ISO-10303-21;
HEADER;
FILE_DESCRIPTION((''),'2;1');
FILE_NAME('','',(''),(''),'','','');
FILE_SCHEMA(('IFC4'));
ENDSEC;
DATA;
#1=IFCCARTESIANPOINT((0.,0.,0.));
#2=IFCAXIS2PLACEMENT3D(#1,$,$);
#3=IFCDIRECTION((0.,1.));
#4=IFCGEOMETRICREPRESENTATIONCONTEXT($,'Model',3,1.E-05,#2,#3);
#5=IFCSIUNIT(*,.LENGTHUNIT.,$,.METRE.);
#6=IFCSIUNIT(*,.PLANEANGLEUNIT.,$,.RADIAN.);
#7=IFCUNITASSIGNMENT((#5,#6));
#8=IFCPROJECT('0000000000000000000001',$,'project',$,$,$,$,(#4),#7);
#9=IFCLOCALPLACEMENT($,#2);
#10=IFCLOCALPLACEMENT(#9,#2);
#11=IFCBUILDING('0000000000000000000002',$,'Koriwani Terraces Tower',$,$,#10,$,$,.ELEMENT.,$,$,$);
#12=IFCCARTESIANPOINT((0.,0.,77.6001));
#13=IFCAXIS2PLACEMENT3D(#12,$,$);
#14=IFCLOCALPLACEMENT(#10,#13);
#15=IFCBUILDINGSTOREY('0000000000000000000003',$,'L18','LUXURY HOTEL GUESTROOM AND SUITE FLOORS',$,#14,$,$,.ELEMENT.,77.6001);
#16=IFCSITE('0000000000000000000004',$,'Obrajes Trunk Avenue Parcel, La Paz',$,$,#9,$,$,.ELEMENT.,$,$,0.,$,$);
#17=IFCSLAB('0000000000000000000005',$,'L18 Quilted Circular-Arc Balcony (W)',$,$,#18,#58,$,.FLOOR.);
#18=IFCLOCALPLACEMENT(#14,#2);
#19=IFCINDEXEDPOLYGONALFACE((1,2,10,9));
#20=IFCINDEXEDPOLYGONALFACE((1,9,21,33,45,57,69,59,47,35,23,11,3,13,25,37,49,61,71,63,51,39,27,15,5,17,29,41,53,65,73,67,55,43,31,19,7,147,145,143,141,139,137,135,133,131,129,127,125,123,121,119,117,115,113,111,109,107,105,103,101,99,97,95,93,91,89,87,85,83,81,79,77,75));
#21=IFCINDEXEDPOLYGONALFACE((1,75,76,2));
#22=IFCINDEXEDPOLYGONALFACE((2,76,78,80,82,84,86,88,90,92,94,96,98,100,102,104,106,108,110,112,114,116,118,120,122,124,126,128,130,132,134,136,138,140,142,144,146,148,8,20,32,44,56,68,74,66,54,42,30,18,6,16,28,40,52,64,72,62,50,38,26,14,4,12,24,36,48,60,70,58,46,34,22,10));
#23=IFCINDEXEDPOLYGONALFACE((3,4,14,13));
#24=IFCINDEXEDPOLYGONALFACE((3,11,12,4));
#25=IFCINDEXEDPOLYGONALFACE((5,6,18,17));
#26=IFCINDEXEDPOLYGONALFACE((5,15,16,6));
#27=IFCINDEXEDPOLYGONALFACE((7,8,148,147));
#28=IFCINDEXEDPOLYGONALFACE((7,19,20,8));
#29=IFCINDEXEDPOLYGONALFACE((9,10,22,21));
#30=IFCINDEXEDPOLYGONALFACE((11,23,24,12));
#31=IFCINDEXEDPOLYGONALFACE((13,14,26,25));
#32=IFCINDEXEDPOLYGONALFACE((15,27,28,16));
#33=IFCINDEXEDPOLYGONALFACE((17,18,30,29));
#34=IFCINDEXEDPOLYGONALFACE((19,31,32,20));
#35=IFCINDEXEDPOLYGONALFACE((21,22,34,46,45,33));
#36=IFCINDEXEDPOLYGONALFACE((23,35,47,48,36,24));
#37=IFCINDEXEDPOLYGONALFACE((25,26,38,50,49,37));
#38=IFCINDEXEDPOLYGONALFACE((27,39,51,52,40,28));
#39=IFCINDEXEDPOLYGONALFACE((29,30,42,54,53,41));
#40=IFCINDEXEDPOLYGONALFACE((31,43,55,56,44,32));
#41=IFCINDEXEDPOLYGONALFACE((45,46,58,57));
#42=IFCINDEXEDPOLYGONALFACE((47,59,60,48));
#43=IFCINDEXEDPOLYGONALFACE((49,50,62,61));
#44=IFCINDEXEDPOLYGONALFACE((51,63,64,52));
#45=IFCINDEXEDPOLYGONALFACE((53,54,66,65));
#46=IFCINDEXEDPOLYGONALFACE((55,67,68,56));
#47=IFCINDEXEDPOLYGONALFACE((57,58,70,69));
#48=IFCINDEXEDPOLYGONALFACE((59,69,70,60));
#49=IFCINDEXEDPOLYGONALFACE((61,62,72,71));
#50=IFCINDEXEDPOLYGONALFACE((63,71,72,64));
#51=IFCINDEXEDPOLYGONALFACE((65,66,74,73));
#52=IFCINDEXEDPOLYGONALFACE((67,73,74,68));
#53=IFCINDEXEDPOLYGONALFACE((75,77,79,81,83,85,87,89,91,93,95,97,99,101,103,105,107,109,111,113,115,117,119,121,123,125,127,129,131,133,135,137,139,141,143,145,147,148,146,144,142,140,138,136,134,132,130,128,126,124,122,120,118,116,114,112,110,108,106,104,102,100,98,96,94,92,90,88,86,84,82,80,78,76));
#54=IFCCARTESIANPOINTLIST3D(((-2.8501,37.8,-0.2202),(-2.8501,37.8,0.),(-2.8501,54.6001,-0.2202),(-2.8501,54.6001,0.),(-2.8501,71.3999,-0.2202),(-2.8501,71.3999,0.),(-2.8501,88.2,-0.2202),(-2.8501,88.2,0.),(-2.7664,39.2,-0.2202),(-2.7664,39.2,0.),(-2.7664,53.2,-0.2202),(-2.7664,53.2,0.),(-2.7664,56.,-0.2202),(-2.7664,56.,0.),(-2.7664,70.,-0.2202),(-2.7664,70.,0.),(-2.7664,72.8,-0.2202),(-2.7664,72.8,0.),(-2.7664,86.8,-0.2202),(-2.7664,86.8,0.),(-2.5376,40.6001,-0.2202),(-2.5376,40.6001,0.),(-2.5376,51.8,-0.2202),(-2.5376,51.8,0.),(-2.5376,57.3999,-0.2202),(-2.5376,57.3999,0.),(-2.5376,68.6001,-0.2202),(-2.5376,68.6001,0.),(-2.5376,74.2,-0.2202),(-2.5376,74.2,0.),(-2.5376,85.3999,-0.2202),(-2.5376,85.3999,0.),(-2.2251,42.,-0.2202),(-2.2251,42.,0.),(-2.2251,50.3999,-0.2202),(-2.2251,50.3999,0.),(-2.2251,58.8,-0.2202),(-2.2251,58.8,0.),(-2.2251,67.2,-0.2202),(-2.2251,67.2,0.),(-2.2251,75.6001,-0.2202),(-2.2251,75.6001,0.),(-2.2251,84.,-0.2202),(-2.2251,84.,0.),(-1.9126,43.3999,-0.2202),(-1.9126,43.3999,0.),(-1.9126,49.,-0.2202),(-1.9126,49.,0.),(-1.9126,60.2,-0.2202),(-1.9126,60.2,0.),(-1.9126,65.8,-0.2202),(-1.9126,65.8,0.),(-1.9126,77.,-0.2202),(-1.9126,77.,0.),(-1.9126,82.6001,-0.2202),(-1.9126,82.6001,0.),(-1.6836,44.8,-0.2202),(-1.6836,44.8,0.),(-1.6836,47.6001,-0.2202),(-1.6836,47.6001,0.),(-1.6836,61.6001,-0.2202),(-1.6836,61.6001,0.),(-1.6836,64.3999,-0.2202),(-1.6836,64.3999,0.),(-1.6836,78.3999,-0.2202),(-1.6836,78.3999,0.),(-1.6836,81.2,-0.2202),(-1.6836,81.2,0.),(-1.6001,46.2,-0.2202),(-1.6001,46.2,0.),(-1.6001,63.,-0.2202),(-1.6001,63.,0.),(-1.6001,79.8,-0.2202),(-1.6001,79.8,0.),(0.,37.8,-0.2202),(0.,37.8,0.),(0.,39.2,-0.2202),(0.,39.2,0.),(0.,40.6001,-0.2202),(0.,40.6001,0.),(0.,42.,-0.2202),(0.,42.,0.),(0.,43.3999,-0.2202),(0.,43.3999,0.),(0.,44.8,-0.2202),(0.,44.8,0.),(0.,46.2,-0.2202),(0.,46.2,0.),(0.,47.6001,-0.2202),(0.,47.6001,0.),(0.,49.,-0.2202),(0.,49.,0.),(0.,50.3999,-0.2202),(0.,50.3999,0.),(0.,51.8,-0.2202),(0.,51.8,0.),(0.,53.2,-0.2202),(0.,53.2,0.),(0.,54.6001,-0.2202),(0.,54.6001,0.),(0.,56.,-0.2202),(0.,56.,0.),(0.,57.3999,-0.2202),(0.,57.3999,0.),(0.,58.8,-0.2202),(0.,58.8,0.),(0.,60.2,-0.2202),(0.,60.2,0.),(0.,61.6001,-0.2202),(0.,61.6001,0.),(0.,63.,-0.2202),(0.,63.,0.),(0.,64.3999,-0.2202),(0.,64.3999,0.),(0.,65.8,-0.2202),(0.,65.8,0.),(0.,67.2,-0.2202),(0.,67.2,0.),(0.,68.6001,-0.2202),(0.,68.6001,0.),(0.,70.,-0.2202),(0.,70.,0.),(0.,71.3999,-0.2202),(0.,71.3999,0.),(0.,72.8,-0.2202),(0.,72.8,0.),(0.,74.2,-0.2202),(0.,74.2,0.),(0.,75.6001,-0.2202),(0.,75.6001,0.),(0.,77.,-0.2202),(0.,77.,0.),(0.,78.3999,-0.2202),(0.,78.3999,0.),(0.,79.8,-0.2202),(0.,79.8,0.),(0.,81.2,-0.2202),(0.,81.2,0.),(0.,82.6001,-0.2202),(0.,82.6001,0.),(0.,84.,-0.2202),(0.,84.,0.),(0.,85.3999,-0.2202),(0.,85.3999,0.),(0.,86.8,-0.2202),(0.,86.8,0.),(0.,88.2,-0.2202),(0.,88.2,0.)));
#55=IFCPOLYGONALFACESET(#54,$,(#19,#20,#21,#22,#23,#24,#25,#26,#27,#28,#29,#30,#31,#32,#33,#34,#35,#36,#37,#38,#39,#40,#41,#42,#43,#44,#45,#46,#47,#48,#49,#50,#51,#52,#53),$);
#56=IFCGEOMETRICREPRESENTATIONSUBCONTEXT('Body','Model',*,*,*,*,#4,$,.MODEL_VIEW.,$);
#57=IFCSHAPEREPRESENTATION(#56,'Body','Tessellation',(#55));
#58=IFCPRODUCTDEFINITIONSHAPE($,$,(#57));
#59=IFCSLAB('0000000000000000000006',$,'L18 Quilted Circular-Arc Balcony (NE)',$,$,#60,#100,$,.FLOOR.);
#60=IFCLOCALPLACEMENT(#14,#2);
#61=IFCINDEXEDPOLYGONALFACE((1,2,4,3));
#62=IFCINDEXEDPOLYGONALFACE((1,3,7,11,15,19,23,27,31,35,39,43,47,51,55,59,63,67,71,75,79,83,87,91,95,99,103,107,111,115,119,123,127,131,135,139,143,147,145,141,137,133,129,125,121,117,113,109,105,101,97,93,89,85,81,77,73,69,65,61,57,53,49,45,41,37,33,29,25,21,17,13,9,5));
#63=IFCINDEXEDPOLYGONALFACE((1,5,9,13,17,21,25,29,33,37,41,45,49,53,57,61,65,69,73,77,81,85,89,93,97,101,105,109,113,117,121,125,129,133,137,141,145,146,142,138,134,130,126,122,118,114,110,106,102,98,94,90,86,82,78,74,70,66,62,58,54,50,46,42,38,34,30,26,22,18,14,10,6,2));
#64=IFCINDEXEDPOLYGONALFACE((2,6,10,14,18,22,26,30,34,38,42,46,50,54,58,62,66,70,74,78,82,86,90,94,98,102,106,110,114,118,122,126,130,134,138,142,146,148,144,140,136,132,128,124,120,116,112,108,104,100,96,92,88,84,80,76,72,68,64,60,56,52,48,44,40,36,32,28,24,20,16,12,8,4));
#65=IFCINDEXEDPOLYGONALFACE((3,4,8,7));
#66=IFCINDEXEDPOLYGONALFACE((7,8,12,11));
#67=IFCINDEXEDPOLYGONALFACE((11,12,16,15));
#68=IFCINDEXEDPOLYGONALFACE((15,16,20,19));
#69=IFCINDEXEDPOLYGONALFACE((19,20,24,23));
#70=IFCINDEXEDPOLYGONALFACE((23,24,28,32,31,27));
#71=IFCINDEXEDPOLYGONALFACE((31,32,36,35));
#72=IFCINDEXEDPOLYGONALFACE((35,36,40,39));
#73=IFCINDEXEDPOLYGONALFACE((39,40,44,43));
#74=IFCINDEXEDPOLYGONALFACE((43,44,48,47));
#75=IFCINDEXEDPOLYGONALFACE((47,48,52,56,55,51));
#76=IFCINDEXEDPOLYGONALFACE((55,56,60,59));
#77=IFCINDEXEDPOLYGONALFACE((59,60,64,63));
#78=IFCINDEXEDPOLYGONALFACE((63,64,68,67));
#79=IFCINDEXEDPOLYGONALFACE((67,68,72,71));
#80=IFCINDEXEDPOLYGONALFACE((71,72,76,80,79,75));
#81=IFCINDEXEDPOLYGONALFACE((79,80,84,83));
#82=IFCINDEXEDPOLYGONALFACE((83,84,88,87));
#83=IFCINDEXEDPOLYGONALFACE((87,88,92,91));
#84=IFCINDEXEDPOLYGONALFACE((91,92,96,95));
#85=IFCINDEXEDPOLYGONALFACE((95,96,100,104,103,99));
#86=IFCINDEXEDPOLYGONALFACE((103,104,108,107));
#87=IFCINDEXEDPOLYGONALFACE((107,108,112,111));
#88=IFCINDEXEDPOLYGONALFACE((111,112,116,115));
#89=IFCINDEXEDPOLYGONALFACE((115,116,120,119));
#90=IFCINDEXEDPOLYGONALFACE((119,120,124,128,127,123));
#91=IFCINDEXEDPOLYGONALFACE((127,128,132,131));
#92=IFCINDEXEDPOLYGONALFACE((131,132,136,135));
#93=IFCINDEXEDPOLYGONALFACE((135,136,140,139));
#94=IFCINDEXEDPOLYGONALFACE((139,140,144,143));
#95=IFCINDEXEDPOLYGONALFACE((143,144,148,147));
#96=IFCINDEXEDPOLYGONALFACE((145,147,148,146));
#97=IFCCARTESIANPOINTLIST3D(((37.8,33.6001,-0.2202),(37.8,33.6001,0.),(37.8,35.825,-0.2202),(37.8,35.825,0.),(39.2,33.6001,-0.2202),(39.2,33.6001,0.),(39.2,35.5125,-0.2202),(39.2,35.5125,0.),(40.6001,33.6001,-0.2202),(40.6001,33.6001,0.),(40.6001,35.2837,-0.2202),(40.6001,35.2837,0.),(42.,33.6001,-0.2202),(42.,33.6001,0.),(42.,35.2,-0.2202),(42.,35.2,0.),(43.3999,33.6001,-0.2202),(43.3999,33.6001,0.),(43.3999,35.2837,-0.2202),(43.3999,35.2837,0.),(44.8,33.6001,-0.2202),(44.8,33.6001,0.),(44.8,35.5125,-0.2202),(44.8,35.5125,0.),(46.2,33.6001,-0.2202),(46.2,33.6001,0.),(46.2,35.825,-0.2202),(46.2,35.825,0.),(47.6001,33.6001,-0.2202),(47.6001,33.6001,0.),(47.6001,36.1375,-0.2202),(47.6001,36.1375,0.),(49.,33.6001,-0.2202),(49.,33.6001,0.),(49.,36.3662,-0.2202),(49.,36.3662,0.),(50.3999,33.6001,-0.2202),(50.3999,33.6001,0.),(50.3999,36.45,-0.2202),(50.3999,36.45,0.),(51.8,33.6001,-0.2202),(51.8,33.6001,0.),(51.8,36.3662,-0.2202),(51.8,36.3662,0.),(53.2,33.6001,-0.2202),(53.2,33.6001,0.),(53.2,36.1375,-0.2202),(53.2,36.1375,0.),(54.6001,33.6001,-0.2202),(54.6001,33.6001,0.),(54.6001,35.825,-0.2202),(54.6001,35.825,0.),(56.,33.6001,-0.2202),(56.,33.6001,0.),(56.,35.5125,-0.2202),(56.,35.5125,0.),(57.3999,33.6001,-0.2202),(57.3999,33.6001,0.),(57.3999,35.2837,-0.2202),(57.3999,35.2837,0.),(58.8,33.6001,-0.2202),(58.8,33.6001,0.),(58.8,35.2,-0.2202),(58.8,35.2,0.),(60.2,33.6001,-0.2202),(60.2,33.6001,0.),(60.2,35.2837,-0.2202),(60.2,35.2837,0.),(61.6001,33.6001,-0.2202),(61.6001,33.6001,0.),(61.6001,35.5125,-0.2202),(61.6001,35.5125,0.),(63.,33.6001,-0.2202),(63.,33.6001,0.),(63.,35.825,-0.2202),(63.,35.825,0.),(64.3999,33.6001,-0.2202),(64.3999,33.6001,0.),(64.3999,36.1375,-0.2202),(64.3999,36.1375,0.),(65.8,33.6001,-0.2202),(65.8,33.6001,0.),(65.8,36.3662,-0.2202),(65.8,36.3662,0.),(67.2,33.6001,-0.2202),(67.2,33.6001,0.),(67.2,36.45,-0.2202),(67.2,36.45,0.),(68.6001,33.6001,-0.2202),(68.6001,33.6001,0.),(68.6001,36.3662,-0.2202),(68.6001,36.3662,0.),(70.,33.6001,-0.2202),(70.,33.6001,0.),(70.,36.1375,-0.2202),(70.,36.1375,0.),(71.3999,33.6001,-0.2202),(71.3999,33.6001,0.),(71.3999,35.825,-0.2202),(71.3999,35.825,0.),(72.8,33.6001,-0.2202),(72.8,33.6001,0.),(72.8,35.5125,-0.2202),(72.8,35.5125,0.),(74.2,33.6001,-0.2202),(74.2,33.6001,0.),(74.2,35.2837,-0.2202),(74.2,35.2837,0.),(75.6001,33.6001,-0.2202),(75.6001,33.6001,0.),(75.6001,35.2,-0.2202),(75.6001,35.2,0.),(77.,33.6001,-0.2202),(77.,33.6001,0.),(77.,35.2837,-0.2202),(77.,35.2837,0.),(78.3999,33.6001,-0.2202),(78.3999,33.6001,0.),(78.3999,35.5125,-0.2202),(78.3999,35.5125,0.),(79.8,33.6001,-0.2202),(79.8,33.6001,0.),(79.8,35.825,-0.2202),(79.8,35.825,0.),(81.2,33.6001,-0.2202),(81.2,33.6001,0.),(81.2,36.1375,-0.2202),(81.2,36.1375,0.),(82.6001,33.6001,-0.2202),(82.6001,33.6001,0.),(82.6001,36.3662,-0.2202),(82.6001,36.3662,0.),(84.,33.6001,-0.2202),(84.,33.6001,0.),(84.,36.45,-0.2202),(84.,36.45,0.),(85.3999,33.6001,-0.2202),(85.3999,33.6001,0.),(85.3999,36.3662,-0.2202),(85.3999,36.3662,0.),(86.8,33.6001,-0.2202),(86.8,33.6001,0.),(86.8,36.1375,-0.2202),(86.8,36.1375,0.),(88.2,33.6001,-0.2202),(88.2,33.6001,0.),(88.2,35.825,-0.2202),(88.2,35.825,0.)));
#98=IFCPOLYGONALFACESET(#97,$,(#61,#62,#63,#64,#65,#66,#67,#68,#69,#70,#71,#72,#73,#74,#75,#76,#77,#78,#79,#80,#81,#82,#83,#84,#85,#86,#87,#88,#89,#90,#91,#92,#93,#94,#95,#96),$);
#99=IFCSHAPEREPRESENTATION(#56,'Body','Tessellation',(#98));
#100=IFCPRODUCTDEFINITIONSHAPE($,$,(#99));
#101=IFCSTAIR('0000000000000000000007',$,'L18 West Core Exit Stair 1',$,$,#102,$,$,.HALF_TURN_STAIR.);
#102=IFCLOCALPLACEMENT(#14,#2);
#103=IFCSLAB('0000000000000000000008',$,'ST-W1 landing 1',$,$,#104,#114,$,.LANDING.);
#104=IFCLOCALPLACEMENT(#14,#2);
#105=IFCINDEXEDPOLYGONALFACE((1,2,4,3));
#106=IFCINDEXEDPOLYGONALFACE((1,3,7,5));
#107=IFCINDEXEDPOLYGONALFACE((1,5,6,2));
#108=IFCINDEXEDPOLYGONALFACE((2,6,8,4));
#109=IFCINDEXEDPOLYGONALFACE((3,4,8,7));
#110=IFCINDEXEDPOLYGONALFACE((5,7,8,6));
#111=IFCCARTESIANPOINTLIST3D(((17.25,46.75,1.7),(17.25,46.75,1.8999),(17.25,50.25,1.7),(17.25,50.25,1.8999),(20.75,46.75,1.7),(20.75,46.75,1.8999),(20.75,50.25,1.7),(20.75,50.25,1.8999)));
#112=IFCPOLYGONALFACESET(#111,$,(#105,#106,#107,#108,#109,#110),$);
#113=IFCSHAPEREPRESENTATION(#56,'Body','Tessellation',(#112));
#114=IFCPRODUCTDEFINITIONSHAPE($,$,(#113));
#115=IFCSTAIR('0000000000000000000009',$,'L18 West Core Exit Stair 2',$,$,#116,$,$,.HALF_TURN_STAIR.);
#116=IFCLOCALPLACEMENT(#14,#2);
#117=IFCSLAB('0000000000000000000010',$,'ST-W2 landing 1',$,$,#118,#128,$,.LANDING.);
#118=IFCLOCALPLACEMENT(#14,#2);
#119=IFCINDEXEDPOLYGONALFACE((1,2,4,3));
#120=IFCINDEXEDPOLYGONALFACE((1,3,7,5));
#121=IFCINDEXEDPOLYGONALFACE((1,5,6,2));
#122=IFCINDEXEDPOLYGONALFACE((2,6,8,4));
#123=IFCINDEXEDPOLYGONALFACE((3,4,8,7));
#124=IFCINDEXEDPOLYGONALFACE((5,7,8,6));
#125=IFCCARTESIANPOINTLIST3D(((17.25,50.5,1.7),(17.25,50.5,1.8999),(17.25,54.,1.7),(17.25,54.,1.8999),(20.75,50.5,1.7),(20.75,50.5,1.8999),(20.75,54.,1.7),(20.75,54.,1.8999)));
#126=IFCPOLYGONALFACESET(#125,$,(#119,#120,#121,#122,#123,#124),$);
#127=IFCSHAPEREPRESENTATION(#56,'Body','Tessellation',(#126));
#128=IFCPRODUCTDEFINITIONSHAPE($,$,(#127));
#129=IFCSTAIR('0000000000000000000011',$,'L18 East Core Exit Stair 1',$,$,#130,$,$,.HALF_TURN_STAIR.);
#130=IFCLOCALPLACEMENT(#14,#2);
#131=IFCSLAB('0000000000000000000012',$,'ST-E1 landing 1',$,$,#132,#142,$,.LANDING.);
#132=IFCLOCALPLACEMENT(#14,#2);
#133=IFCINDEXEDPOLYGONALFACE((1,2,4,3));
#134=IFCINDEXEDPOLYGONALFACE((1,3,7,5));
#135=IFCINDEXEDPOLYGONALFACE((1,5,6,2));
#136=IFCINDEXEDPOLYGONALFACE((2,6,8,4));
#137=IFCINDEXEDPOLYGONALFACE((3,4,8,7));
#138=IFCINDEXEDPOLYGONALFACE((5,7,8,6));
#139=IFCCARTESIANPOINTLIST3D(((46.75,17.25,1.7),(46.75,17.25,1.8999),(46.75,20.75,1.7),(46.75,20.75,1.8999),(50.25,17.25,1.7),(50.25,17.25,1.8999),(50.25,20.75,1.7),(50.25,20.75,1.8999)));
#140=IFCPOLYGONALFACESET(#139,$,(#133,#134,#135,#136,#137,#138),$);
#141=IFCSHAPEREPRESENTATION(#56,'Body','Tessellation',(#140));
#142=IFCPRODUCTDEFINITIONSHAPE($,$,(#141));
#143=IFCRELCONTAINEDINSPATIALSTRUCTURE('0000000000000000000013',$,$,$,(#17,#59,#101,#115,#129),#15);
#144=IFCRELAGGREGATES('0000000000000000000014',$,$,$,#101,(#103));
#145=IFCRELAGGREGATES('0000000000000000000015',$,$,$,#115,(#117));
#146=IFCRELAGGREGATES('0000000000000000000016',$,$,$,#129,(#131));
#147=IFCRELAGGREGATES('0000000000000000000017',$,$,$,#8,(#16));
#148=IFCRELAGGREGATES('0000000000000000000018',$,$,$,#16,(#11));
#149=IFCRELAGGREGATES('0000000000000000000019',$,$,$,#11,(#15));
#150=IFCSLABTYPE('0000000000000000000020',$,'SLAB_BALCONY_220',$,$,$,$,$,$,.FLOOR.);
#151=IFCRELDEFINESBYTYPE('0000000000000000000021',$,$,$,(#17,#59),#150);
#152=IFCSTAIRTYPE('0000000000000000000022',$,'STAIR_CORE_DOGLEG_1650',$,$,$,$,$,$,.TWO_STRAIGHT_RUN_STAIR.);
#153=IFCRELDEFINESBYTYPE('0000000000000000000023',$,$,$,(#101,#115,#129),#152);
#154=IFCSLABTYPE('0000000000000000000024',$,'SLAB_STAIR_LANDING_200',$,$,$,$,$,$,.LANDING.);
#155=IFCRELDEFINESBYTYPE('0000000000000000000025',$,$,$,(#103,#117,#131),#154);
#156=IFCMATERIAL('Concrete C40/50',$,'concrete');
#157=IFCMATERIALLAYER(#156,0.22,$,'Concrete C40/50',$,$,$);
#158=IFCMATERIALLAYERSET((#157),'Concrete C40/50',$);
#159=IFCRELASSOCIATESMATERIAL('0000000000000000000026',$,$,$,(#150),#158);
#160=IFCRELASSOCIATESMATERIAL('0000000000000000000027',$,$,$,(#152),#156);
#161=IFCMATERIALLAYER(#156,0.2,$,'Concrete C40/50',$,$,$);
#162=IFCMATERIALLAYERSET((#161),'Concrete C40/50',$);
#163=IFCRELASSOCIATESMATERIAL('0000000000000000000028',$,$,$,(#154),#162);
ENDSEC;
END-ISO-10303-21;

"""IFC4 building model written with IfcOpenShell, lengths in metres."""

from ifc_helpers import new_model, si_unit, direction, frame, origin, place, context, subcontext, project, spatial, polyline, outline, extrude, material, layer, layer_set, type_object, element, aggregate, save


model = new_model("IFC4")

# Units and contexts
model_context = context("Model", 3, precision=1e-05, world=origin(), true_north=direction((0.0, 1.0)))
body_context = subcontext(model_context, "Body", "Model", "MODEL_VIEW")
ifc_project = project(units=[si_unit("LENGTHUNIT", "METRE"), si_unit("PLANEANGLEUNIT", "RADIAN")], contexts=[model_context])

# Site, building, storey
site_placement = place(None, origin())
site = spatial("IfcSite", under=ifc_project, at=site_placement, Name="Obrajes Trunk Avenue Parcel, La Paz", CompositionType="ELEMENT", RefElevation=0.0)
building_placement = place(site_placement, origin())
building = spatial("IfcBuilding", under=site, at=building_placement, Name="Koriwani Terraces Tower", CompositionType="ELEMENT")
storey_placement = place(building_placement, frame((0.0, 0.0, 77.6001)))
storey = spatial("IfcBuildingStorey", under=building, at=storey_placement, Name="L18", Description="LUXURY HOTEL GUESTROOM AND SUITE FLOORS", CompositionType="ELEMENT", Elevation=77.6001)

# Slabs
ifc_material_1 = material(Name="Concrete C40/50", Category="concrete")
ifc_layer_1 = layer(ifc_material_1, 0.22, Name="Concrete C40/50")
ifc_layer_set_1 = layer_set([ifc_layer_1], Name="Concrete C40/50")
slab_type_1 = type_object("IfcSlabType", Name="SLAB_BALCONY_220", PredefinedType="FLOOR", material=ifc_layer_set_1)
slab_1_placement = place(storey_placement, frame((0.0, 0.0, -0.2202)))
element("IfcSlab", 1, at=slab_1_placement, inside=storey, type_object=slab_type_1, Name="L18 Quilted Circular-Arc Balcony (W)", PredefinedType="FLOOR", context=body_context, shape_type="SweptSolid", body=[
    extrude(outline(polyline([(0.0, 37.8), (0.0, 39.2), (0.0, 40.6001), (0.0, 42.0), (0.0, 43.3999), (0.0, 44.8), (0.0, 46.2), (0.0, 47.6001), (0.0, 49.0), (0.0, 50.3999), (0.0, 51.8), (0.0, 53.2), (0.0, 54.6001), (0.0, 56.0), (0.0, 57.3999), (0.0, 58.8), (0.0, 60.2), (0.0, 61.6001), (0.0, 63.0), (0.0, 64.3999), (0.0, 65.8), (0.0, 67.2), (0.0, 68.6001), (0.0, 70.0), (0.0, 71.3999), (0.0, 72.8), (0.0, 74.2), (0.0, 75.6001), (0.0, 77.0), (0.0, 78.3999), (0.0, 79.8), (0.0, 81.2), (0.0, 82.6001), (0.0, 84.0), (0.0, 85.3999), (0.0, 86.8), (0.0, 88.2), (-2.8501, 88.2), (-2.7664, 86.8), (-2.5376, 85.3999), (-2.2251, 84.0), (-1.9126, 82.6001), (-1.6836, 81.2), (-1.6001, 79.8), (-1.6836, 78.3999), (-1.9126, 77.0), (-2.2251, 75.6001), (-2.5376, 74.2), (-2.7664, 72.8), (-2.8501, 71.3999), (-2.7664, 70.0), (-2.5376, 68.6001), (-2.2251, 67.2), (-1.9126, 65.8), (-1.6836, 64.3999), (-1.6001, 63.0), (-1.6836, 61.6001), (-1.9126, 60.2), (-2.2251, 58.8), (-2.5376, 57.3999), (-2.7664, 56.0), (-2.8501, 54.6001), (-2.7664, 53.2), (-2.5376, 51.8), (-2.2251, 50.3999), (-1.9126, 49.0), (-1.6836, 47.6001), (-1.6001, 46.2), (-1.6836, 44.8), (-1.9126, 43.3999), (-2.2251, 42.0), (-2.5376, 40.6001), (-2.7664, 39.2), (-2.8501, 37.8), (0.0, 37.8)])), origin(), (0.0, 0.0, 1.0), 0.2202),
])
slab_2_placement = place(storey_placement, frame((0.0, 0.0, -0.2202)))
element("IfcSlab", 2, at=slab_2_placement, inside=storey, type_object=slab_type_1, Name="L18 Quilted Circular-Arc Balcony (NE)", PredefinedType="FLOOR", context=body_context, shape_type="SweptSolid", body=[
    extrude(outline(polyline([(88.2, 33.6001), (86.8, 33.6001), (85.3999, 33.6001), (84.0, 33.6001), (82.6001, 33.6001), (81.2, 33.6001), (79.8, 33.6001), (78.3999, 33.6001), (77.0, 33.6001), (75.6001, 33.6001), (74.2, 33.6001), (72.8, 33.6001), (71.3999, 33.6001), (70.0, 33.6001), (68.6001, 33.6001), (67.2, 33.6001), (65.8, 33.6001), (64.3999, 33.6001), (63.0, 33.6001), (61.6001, 33.6001), (60.2, 33.6001), (58.8, 33.6001), (57.3999, 33.6001), (56.0, 33.6001), (54.6001, 33.6001), (53.2, 33.6001), (51.8, 33.6001), (50.3999, 33.6001), (49.0, 33.6001), (47.6001, 33.6001), (46.2, 33.6001), (44.8, 33.6001), (43.3999, 33.6001), (42.0, 33.6001), (40.6001, 33.6001), (39.2, 33.6001), (37.8, 33.6001), (37.8, 35.825), (39.2, 35.5125), (40.6001, 35.2837), (42.0, 35.2), (43.3999, 35.2837), (44.8, 35.5125), (46.2, 35.825), (47.6001, 36.1375), (49.0, 36.3662), (50.3999, 36.45), (51.8, 36.3662), (53.2, 36.1375), (54.6001, 35.825), (56.0, 35.5125), (57.3999, 35.2837), (58.8, 35.2), (60.2, 35.2837), (61.6001, 35.5125), (63.0, 35.825), (64.3999, 36.1375), (65.8, 36.3662), (67.2, 36.45), (68.6001, 36.3662), (70.0, 36.1375), (71.3999, 35.825), (72.8, 35.5125), (74.2, 35.2837), (75.6001, 35.2), (77.0, 35.2837), (78.3999, 35.5125), (79.8, 35.825), (81.2, 36.1375), (82.6001, 36.3662), (84.0, 36.45), (85.3999, 36.3662), (86.8, 36.1375), (88.2, 35.825), (88.2, 33.6001)])), origin(), (0.0, 0.0, 1.0), 0.2202),
])

# Stairs, slabs
stair_type = type_object("IfcStairType", Name="STAIR_CORE_DOGLEG_1650", PredefinedType="TWO_STRAIGHT_RUN_STAIR", material=ifc_material_1)
stair_1_placement = place(storey_placement, origin())
stair_1 = element("IfcStair", 3, at=stair_1_placement, inside=storey, type_object=stair_type, Name="L18 West Core Exit Stair 1", PredefinedType="HALF_TURN_STAIR")
ifc_layer_2 = layer(ifc_material_1, 0.2, Name="Concrete C40/50")
ifc_layer_set_2 = layer_set([ifc_layer_2], Name="Concrete C40/50")
slab_type_2 = type_object("IfcSlabType", Name="SLAB_STAIR_LANDING_200", PredefinedType="LANDING", material=ifc_layer_set_2)
slab_3_placement = place(storey_placement, frame((0.0, 0.0, 1.7)))
slab_3 = element("IfcSlab", 4, at=slab_3_placement, type_object=slab_type_2, Name="ST-W1 landing 1", PredefinedType="LANDING", context=body_context, shape_type="SweptSolid", body=[
    extrude(outline(polyline([(20.75, 46.75), (20.75, 50.25), (17.25, 50.25), (17.25, 46.75), (20.75, 46.75)])), origin(), (0.0, 0.0, 1.0), 0.2),
])
aggregate(stair_1, [slab_3])
stair_2_placement = place(storey_placement, origin())
stair_2 = element("IfcStair", 5, at=stair_2_placement, inside=storey, type_object=stair_type, Name="L18 West Core Exit Stair 2", PredefinedType="HALF_TURN_STAIR")
slab_4_placement = place(storey_placement, frame((0.0, 0.0, 1.7)))
slab_4 = element("IfcSlab", 6, at=slab_4_placement, type_object=slab_type_2, Name="ST-W2 landing 1", PredefinedType="LANDING", context=body_context, shape_type="SweptSolid", body=[
    extrude(outline(polyline([(17.25, 54.0), (17.25, 50.5), (20.75, 50.5), (20.75, 54.0), (17.25, 54.0)])), origin(), (0.0, 0.0, 1.0), 0.2),
])
aggregate(stair_2, [slab_4])
stair_3_placement = place(storey_placement, origin())
stair_3 = element("IfcStair", 7, at=stair_3_placement, inside=storey, type_object=stair_type, Name="L18 East Core Exit Stair 1", PredefinedType="HALF_TURN_STAIR")
slab_5_placement = place(storey_placement, frame((0.0, 0.0, 1.7)))
slab_5 = element("IfcSlab", 8, at=slab_5_placement, type_object=slab_type_2, Name="ST-E1 landing 1", PredefinedType="LANDING", context=body_context, shape_type="SweptSolid", body=[
    extrude(outline(polyline([(46.75, 17.25), (50.25, 17.25), (50.25, 20.75), (46.75, 20.75), (46.75, 17.25)])), origin(), (0.0, 0.0, 1.0), 0.2),
])
aggregate(stair_3, [slab_5])

save(model, "model.ifc")
